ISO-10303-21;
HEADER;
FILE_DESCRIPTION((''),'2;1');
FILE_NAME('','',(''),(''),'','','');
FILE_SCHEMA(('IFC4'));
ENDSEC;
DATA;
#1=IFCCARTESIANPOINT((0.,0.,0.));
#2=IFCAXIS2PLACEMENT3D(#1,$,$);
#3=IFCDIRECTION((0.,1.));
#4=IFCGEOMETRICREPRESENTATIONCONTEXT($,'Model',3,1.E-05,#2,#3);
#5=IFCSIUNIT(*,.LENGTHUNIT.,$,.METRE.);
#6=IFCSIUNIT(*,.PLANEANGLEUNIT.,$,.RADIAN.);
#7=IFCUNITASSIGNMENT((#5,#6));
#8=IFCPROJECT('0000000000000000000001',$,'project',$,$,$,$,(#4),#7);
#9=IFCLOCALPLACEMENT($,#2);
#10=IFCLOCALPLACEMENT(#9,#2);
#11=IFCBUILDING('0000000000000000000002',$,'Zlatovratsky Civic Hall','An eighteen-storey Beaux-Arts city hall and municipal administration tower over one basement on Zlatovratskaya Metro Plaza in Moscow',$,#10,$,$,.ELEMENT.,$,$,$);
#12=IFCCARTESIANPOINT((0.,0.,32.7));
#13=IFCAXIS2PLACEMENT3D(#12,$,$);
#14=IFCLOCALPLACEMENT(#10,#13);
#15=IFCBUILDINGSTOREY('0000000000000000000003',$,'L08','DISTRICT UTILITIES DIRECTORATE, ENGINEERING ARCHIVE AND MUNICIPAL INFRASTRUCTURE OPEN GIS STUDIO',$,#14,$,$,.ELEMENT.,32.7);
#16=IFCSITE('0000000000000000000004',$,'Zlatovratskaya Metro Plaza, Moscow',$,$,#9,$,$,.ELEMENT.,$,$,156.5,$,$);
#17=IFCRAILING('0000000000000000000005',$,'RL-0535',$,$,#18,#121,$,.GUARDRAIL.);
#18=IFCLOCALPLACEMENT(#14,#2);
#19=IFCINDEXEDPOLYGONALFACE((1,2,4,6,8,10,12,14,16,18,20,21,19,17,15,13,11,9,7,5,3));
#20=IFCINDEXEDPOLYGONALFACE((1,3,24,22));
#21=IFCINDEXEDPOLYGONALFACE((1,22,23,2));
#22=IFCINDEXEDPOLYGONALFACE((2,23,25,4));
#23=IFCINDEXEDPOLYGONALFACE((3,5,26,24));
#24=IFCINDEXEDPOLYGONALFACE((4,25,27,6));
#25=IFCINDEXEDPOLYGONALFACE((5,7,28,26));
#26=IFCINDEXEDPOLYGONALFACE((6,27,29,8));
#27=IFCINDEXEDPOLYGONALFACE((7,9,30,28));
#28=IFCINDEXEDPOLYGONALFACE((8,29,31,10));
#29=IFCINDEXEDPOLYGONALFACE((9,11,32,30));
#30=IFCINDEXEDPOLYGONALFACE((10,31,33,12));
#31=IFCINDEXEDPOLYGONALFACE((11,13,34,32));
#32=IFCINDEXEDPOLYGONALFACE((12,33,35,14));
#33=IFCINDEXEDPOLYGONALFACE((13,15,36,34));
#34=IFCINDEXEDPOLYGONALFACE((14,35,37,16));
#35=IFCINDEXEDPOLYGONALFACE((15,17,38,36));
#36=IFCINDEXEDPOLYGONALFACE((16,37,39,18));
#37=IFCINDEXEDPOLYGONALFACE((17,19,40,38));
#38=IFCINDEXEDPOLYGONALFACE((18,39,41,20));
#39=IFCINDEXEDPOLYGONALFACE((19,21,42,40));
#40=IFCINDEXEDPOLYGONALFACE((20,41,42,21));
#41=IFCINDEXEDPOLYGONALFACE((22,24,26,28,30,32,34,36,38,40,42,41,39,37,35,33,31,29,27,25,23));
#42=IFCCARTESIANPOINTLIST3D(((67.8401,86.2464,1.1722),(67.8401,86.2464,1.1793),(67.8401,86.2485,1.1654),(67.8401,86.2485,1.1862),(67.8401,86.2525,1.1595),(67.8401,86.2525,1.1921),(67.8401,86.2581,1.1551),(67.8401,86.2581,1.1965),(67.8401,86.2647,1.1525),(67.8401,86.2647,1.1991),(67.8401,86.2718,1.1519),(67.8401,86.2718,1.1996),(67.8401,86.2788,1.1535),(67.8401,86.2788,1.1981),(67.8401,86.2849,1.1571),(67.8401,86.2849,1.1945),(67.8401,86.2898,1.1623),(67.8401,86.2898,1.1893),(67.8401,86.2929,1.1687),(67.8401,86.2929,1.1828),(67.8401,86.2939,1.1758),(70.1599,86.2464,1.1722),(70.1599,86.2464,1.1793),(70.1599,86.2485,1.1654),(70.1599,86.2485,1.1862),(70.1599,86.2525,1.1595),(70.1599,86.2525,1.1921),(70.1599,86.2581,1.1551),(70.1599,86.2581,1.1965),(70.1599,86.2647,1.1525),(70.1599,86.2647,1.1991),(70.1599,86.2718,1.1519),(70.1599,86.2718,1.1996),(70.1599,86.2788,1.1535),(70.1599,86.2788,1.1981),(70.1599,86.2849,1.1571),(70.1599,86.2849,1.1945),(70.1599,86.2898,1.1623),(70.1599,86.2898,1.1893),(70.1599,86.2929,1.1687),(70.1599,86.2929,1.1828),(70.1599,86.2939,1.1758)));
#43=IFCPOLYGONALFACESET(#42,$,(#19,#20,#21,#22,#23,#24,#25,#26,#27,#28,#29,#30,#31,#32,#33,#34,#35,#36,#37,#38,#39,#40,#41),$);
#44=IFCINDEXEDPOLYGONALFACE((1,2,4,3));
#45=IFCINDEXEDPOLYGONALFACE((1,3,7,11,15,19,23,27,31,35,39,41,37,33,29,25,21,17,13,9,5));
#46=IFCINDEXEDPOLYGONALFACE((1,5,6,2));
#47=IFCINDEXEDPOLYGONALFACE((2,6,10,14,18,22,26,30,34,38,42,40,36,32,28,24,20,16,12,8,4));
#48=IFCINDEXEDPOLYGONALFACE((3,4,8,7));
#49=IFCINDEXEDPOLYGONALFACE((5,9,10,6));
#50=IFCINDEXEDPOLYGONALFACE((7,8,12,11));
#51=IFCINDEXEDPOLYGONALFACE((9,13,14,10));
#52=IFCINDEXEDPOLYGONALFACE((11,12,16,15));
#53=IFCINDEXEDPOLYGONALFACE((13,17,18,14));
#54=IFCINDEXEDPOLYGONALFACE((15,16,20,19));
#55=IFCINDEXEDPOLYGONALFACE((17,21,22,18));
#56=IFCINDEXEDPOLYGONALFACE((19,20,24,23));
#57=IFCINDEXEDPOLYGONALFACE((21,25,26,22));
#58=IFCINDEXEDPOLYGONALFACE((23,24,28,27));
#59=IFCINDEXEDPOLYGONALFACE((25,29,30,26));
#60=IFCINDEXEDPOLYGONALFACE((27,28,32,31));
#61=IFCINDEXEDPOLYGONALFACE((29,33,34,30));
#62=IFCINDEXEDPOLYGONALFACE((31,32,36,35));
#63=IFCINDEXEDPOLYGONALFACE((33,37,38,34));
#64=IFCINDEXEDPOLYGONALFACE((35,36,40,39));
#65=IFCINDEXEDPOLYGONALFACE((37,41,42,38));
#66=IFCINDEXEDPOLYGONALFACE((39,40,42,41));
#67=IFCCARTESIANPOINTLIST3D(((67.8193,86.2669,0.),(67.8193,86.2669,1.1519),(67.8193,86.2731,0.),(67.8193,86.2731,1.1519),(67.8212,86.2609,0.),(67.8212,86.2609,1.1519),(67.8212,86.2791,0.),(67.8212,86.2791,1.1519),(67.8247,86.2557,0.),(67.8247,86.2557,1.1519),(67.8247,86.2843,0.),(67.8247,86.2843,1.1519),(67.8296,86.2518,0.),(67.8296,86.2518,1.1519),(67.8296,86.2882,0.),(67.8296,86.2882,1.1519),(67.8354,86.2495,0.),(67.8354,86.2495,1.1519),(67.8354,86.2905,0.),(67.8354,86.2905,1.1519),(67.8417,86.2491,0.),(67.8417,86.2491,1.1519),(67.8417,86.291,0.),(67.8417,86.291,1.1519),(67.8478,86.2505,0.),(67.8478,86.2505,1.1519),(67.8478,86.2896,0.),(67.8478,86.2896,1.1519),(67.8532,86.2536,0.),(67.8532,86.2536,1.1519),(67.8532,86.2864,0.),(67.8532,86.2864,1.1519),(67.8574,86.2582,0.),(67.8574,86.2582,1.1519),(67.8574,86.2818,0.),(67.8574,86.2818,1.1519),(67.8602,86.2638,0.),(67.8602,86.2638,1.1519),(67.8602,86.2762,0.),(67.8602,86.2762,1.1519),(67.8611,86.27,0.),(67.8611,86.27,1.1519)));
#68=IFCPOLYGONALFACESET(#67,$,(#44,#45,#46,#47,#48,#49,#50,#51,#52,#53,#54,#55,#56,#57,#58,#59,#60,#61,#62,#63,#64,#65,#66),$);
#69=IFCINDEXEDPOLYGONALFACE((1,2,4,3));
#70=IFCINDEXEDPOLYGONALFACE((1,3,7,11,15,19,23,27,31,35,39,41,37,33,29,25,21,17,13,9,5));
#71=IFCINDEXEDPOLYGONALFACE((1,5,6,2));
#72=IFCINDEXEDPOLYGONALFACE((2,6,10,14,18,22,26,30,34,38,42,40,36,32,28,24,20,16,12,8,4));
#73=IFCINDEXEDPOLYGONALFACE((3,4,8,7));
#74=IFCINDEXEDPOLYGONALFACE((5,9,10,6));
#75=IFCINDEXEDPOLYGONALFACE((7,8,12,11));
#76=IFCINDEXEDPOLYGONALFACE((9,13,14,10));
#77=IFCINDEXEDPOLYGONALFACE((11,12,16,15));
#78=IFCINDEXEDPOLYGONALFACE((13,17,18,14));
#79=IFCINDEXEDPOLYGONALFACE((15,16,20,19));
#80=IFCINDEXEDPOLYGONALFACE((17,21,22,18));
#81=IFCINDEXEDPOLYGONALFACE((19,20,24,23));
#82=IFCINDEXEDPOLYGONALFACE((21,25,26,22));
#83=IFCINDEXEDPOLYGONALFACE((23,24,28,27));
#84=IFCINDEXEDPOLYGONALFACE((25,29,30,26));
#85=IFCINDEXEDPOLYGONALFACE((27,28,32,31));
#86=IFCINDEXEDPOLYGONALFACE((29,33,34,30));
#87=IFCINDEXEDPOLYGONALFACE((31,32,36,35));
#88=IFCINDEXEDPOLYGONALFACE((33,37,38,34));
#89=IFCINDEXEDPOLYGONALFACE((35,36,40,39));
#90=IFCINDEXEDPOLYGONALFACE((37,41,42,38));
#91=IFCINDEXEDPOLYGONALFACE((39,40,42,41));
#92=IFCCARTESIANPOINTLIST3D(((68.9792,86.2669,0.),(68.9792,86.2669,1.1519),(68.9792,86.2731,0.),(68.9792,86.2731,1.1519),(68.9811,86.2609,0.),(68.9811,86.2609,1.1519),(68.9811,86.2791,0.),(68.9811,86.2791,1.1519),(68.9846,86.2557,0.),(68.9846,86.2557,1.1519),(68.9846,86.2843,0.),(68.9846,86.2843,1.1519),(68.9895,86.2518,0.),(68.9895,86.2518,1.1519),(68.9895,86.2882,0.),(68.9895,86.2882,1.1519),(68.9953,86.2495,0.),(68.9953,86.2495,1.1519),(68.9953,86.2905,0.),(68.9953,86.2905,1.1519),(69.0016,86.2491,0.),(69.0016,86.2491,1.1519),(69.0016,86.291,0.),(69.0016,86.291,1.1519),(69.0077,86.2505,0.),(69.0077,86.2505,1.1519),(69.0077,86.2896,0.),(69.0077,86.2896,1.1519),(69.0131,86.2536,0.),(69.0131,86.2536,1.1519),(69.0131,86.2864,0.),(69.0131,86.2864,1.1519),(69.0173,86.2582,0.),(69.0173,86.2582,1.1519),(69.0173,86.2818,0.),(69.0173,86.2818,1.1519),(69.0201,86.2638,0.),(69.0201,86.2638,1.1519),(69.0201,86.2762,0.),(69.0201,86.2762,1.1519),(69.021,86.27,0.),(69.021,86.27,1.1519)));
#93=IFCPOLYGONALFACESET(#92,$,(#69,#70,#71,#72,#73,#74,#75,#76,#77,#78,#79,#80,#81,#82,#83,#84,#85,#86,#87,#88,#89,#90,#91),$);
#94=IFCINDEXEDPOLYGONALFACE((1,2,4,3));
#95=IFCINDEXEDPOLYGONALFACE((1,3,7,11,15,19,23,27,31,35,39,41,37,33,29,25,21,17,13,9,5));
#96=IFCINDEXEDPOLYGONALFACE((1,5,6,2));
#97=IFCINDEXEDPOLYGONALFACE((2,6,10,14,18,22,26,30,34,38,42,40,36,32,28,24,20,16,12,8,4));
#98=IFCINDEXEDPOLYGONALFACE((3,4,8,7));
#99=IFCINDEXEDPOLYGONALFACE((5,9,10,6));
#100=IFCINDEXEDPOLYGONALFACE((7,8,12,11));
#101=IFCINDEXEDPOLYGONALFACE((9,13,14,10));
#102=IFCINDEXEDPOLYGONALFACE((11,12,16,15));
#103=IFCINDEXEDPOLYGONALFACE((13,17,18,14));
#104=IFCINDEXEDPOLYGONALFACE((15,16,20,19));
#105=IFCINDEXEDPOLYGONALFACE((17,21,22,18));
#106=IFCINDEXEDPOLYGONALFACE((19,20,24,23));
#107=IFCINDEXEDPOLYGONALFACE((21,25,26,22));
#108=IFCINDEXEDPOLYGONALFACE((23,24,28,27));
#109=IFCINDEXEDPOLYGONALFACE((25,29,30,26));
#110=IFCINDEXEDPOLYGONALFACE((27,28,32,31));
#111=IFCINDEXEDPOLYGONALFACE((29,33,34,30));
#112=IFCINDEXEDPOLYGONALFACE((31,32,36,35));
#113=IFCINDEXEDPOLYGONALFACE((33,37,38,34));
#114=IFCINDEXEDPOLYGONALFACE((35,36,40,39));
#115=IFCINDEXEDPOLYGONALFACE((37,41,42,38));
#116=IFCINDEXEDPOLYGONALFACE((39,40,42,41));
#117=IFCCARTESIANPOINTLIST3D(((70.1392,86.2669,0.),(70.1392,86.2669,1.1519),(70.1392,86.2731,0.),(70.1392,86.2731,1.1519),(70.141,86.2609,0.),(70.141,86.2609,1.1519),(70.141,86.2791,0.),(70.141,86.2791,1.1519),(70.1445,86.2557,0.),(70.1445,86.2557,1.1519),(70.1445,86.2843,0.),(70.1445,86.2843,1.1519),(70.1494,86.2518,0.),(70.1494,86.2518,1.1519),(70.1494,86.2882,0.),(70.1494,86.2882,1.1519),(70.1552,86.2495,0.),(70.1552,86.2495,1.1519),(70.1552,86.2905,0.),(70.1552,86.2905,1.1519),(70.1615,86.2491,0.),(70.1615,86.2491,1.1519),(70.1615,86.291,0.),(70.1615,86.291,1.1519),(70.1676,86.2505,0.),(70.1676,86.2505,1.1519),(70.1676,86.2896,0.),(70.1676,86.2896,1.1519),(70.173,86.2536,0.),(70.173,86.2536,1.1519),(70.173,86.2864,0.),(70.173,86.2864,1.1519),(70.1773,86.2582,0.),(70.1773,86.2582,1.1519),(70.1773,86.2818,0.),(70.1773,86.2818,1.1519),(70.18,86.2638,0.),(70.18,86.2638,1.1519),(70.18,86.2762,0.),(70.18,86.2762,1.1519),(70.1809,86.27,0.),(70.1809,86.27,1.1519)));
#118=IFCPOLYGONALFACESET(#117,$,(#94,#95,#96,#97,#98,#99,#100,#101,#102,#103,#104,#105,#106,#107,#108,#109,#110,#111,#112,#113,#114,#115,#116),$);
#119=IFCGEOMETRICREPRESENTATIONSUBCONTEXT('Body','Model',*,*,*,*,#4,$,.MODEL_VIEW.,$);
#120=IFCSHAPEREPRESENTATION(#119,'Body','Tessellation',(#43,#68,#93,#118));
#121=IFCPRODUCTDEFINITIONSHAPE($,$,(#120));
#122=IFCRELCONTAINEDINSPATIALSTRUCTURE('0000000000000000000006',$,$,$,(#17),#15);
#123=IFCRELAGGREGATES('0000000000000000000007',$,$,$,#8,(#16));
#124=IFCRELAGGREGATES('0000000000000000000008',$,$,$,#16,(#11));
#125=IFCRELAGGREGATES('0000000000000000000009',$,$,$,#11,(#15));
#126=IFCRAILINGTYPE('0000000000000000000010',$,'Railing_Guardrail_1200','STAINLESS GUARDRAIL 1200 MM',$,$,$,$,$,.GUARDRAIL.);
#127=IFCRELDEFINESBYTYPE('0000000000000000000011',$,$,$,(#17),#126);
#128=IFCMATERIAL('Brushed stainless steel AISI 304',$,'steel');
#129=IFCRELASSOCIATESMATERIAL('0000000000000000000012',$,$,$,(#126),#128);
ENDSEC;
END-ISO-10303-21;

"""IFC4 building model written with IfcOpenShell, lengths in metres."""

from ifc_helpers import new_model, si_unit, direction, frame, origin, origin_2d, place, context, subcontext, project, spatial, circle, extrude, material, type_object, element, save


model = new_model("IFC4")

# Units and contexts
model_context = context("Model", 3, precision=1e-05, world=origin(), true_north=direction((0.0, 1.0)))
body_context = subcontext(model_context, "Body", "Model", "MODEL_VIEW")
ifc_project = project(units=[si_unit("LENGTHUNIT", "METRE"), si_unit("PLANEANGLEUNIT", "RADIAN")], contexts=[model_context])

# Site, building, storey
site_placement = place(None, origin())
site = spatial("IfcSite", under=ifc_project, at=site_placement, Name="Zlatovratskaya Metro Plaza, Moscow", CompositionType="ELEMENT", RefElevation=156.5)
building_placement = place(site_placement, origin())
building = spatial("IfcBuilding", under=site, at=building_placement, Name="Zlatovratsky Civic Hall", Description="An eighteen-storey Beaux-Arts city hall and municipal administration tower over one basement on Zlatovratskaya Metro Plaza in Moscow", CompositionType="ELEMENT")
storey_placement = place(building_placement, frame((0.0, 0.0, 32.7)))
storey = spatial("IfcBuildingStorey", under=building, at=storey_placement, Name="L08", Description="DISTRICT UTILITIES DIRECTORATE, ENGINEERING ARCHIVE AND MUNICIPAL INFRASTRUCTURE OPEN GIS STUDIO", CompositionType="ELEMENT", Elevation=32.7)

# Railing
ifc_material_1 = material(Name="Brushed stainless steel AISI 304", Category="steel")
railing_type_1 = type_object("IfcRailingType", Name="Railing_Guardrail_1200", Description="STAINLESS GUARDRAIL 1200 MM", PredefinedType="GUARDRAIL", material=ifc_material_1)
railing_1_placement = place(storey_placement, frame((67.8401, 86.27, 0.0)))
element("IfcRailing", 1, at=railing_1_placement, inside=storey, type_object=railing_type_1, Name="RL-0535", PredefinedType="GUARDRAIL", context=body_context, shape_type="SweptSolid", body=[
    extrude(circle(Radius=0.0239, at=origin_2d()), frame((0.0, 0.0, 1.1758), z_axis=(1.0, 0.0, 0.0), x_axis=(0.0, 1.0, 0.0)), (0.0, 0.0, 1.0), 2.3198),
    extrude(circle(Radius=0.021, at=origin_2d()), origin(), (0.0, 0.0, 1.0), 1.1519),
    extrude(circle(Radius=0.021, at=origin_2d()), frame((1.1599, 0.0, 0.0)), (0.0, 0.0, 1.0), 1.1519),
    extrude(circle(Radius=0.021, at=origin_2d()), frame((2.3198, 0.0, 0.0)), (0.0, 0.0, 1.0), 1.1519),
])

save(model, "model.ifc")
